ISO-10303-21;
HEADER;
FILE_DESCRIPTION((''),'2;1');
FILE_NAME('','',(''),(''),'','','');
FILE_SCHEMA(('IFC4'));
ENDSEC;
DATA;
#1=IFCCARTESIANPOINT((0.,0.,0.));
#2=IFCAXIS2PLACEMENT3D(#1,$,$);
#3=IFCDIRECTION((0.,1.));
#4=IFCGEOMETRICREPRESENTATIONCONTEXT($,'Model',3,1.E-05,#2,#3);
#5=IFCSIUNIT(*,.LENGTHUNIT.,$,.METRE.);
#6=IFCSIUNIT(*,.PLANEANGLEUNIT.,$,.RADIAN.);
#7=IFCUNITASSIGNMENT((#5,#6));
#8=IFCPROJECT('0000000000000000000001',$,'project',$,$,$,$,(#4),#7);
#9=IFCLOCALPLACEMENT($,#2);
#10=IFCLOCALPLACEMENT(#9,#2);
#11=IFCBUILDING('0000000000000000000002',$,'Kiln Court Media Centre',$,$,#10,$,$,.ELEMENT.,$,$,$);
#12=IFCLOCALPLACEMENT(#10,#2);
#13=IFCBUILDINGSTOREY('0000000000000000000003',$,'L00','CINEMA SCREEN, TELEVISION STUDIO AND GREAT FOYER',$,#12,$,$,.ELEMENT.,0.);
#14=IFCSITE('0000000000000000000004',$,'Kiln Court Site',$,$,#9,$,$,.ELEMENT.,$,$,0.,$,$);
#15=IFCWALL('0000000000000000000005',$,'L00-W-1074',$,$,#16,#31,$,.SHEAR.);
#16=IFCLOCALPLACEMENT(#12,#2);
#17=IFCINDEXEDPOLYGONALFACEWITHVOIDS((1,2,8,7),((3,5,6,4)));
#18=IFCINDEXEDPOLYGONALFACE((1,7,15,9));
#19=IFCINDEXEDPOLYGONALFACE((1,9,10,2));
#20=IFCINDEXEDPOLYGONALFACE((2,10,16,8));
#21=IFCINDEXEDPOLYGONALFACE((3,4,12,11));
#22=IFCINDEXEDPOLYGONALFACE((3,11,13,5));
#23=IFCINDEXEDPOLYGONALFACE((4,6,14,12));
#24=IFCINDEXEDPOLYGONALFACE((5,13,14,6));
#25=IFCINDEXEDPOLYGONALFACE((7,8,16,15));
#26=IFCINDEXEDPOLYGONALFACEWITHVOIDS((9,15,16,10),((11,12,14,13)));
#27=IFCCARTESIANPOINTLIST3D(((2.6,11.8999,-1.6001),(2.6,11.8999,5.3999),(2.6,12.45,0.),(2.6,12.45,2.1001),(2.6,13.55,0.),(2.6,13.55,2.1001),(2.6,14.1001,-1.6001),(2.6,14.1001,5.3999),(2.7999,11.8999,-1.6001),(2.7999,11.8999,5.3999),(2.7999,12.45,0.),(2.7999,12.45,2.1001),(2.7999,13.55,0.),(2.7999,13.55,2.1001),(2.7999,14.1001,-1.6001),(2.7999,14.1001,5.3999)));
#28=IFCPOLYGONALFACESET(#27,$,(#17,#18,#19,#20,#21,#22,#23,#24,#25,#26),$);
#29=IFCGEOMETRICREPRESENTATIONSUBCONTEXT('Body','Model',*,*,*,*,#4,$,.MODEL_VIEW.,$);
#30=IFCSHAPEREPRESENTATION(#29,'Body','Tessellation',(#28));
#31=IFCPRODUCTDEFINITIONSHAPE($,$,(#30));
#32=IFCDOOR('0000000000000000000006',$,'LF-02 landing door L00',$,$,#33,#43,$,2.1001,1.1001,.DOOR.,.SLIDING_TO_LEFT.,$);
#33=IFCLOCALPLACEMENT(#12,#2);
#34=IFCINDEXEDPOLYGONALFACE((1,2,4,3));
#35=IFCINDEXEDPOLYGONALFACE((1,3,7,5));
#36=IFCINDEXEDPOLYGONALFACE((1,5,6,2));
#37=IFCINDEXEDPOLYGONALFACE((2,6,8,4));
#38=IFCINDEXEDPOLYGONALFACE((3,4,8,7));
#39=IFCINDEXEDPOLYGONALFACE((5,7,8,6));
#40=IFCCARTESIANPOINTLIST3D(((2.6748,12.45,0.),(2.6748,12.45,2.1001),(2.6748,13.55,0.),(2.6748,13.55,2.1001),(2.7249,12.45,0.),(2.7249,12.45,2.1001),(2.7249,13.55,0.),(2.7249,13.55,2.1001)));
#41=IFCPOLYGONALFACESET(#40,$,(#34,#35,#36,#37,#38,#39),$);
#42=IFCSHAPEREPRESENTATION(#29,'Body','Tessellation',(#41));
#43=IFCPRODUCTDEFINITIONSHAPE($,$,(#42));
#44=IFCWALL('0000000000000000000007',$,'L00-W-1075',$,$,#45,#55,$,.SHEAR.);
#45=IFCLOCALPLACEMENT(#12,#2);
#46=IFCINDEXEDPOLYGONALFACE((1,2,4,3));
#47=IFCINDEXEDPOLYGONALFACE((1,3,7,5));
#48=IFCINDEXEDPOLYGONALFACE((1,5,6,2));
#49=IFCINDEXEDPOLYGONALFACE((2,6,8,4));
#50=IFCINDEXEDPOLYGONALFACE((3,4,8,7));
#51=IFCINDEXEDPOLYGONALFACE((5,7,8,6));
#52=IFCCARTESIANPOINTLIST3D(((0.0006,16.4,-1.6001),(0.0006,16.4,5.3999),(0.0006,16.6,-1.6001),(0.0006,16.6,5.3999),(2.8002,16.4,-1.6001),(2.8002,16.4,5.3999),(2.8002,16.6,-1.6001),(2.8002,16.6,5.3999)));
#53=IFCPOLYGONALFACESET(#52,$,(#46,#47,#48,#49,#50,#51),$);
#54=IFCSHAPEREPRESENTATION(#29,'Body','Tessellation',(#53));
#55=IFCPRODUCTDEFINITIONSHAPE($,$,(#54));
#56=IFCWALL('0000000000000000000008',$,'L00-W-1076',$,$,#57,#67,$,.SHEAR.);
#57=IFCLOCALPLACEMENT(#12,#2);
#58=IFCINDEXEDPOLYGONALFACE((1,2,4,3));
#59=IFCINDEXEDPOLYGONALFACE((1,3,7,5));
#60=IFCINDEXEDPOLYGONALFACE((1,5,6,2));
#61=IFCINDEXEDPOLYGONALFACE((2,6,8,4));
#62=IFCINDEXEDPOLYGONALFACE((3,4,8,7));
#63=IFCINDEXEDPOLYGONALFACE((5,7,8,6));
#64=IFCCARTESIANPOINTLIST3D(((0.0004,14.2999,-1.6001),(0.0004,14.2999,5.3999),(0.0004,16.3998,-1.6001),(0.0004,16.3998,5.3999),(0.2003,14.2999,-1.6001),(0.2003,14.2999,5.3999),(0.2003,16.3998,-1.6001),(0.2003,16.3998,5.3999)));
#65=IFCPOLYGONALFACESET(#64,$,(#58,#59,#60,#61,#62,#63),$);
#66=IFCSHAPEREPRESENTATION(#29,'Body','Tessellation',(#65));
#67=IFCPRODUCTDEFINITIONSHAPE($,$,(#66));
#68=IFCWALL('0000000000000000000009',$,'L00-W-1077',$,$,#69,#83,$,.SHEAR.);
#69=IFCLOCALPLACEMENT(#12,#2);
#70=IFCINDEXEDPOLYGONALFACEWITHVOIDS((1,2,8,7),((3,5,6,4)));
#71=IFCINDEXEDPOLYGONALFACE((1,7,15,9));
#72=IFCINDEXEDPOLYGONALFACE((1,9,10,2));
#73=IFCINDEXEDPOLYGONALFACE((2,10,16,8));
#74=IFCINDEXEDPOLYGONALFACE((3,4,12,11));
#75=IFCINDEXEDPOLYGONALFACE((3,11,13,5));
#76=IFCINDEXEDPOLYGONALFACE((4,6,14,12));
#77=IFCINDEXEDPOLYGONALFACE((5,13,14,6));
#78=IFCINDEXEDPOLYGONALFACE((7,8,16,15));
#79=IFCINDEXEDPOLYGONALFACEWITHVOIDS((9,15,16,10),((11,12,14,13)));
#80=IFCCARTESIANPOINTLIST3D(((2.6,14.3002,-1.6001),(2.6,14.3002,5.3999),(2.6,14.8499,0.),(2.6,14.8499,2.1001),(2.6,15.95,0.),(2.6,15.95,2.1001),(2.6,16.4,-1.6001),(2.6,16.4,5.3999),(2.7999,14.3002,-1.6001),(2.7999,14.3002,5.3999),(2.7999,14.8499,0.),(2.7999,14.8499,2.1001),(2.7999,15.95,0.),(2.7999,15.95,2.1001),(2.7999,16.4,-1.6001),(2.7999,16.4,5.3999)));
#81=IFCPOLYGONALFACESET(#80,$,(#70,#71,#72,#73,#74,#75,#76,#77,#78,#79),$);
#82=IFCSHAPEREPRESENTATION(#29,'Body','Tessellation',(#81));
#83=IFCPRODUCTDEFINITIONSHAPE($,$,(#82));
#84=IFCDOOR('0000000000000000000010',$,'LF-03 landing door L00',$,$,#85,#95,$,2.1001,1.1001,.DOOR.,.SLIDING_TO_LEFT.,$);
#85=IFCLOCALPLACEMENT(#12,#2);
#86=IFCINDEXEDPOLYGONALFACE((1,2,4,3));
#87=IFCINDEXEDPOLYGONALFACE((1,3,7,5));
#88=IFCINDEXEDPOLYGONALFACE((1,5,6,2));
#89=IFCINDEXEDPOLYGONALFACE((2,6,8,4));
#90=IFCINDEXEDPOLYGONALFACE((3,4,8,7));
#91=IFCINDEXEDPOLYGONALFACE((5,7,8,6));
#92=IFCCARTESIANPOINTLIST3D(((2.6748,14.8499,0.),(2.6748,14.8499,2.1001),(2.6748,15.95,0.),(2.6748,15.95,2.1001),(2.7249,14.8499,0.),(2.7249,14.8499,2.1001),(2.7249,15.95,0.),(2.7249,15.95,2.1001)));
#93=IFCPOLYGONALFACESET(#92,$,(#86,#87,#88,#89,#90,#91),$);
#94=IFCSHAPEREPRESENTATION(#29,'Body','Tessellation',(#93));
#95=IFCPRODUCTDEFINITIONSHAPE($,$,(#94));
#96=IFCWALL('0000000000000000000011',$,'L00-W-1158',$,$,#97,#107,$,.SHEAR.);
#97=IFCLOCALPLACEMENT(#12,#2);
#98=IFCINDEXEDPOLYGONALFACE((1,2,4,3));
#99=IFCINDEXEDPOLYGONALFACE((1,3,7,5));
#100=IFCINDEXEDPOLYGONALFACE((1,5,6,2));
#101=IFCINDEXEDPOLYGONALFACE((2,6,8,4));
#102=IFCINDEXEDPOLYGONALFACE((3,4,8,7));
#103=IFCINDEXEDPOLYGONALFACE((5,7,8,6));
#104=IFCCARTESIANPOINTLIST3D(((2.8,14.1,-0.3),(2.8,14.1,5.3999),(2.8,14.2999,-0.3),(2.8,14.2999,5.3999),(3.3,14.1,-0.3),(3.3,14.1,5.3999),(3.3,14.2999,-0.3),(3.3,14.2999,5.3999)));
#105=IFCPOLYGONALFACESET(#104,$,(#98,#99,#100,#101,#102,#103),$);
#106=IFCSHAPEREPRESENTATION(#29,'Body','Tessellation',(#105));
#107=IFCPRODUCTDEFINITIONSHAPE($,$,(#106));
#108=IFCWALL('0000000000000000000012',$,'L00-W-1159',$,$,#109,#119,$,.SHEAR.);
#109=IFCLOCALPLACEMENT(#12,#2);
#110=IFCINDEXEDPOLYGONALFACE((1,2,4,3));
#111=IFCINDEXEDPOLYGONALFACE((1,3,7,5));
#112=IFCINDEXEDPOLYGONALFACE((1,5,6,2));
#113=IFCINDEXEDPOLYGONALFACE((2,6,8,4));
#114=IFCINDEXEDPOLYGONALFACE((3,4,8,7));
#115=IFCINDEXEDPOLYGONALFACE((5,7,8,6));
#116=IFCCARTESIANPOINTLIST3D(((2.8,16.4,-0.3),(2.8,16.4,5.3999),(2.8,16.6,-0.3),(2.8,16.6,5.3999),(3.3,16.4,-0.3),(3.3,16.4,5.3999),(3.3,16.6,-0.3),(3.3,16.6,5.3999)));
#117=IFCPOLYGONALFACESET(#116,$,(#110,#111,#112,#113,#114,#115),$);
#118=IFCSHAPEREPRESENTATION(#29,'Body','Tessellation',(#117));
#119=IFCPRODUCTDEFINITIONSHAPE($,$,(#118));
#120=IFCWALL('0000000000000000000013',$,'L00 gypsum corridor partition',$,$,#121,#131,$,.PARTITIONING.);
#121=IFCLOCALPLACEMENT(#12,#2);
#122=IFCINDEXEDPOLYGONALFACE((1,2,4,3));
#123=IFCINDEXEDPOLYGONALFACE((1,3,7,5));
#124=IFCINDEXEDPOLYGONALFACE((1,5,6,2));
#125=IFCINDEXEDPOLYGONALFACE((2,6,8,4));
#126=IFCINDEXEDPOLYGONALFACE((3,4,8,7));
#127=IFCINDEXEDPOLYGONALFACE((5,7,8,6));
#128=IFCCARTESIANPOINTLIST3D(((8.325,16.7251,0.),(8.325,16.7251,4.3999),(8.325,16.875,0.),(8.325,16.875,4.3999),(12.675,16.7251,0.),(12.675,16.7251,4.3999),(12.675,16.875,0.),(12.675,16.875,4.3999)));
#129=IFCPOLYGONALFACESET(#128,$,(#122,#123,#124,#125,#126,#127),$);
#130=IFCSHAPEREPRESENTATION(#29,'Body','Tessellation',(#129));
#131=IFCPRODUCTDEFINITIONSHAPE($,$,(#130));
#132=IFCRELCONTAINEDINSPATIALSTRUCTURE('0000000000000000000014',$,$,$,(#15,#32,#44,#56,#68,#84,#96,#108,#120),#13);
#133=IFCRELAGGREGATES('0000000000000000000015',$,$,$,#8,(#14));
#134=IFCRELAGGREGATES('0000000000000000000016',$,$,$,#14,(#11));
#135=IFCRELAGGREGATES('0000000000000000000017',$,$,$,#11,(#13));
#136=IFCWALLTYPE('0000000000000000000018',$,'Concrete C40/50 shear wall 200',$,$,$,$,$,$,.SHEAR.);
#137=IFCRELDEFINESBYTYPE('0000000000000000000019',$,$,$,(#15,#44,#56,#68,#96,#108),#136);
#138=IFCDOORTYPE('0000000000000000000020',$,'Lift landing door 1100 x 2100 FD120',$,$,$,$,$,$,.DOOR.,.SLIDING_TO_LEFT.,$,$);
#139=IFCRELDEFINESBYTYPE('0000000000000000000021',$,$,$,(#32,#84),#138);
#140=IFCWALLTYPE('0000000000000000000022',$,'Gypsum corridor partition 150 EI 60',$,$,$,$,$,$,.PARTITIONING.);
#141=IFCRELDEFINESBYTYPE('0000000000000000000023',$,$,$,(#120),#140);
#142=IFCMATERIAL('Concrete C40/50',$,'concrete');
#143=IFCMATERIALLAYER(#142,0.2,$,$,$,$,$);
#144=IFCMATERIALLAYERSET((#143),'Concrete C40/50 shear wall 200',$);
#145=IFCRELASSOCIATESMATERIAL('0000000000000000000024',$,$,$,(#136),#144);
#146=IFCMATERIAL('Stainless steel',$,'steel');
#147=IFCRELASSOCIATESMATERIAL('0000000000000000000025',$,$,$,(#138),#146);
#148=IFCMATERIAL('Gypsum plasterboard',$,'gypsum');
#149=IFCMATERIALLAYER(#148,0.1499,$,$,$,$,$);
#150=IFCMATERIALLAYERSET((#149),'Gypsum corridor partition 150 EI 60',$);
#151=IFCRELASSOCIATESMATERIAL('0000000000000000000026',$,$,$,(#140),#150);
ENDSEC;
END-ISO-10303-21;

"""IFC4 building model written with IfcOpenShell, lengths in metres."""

from ifc_helpers import new_model, si_unit, direction, frame, frame_2d, origin, place, context, subcontext, project, spatial, rectangle, extrude, material, layer, layer_set, type_object, element, fill, save


model = new_model("IFC4")

# Units and contexts
model_context = context("Model", 3, precision=1e-05, world=origin(), true_north=direction((0.0, 1.0)))
body_context = subcontext(model_context, "Body", "Model", "MODEL_VIEW")
ifc_project = project(units=[si_unit("LENGTHUNIT", "METRE"), si_unit("PLANEANGLEUNIT", "RADIAN")], contexts=[model_context])

# Site, building, storey
site_placement = place(None, origin())
site = spatial("IfcSite", under=ifc_project, at=site_placement, Name="Kiln Court Site", CompositionType="ELEMENT", RefElevation=0.0)
building_placement = place(site_placement, origin())
building = spatial("IfcBuilding", under=site, at=building_placement, Name="Kiln Court Media Centre", CompositionType="ELEMENT")
storey_placement = place(building_placement, origin())
storey = spatial("IfcBuildingStorey", under=building, at=storey_placement, Name="L00", Description="CINEMA SCREEN, TELEVISION STUDIO AND GREAT FOYER", CompositionType="ELEMENT", Elevation=0.0)

# Shared definitions
ifc_material_1 = material(Name="Concrete C40/50", Category="concrete")
ifc_layer_1 = layer(ifc_material_1, 0.2)
ifc_layer_set_1 = layer_set([ifc_layer_1], Name="Concrete C40/50 shear wall 200")
wall_type_1 = type_object("IfcWallType", Name="Concrete C40/50 shear wall 200", PredefinedType="SHEAR", material=ifc_layer_set_1)

# Wall, opening, door
wall_1_placement = place(storey_placement, frame((2.7, 14.1001, -1.6001), z_axis=(0.0, 0.0, 1.0), x_axis=(0.0, -1.0, 0.0)))
wall_1 = element("IfcWall", 1, at=wall_1_placement, inside=storey, type_object=wall_type_1, Name="L00-W-1074", PredefinedType="SHEAR", context=body_context, shape_type="SweptSolid", body=[
    extrude(rectangle(XDim=2.2002, YDim=0.2, at=frame_2d((1.1001, 0.0))), origin(), (0.0, 0.0, 1.0), 7.0),
])
opening_1_placement = place(wall_1_placement, frame((0.55, 0.0, 1.6001)))
opening_1 = element("IfcOpeningElement", 2, at=opening_1_placement, cuts=wall_1, PredefinedType="OPENING", context=body_context, shape_type="SweptSolid", body=[
    extrude(rectangle(XDim=1.1001, YDim=2.1001, at=frame_2d((0.55, 1.05))), frame((0.0, 0.1099, 0.0), z_axis=(0.0, -1.0, 0.0), x_axis=(1.0, 0.0, 0.0)), (0.0, 0.0, 1.0), 0.22),
])
ifc_material_2 = material(Name="Stainless steel", Category="steel")
door_type = type_object("IfcDoorType", Name="Lift landing door 1100 x 2100 FD120", OperationType="SLIDING_TO_LEFT", PredefinedType="DOOR", material=ifc_material_2)
door_1_placement = place(opening_1_placement, origin())
door_1 = element("IfcDoor", 3, at=door_1_placement, inside=storey, type_object=door_type, Name="LF-02 landing door L00", OperationType="SLIDING_TO_LEFT", OverallHeight=2.1001, OverallWidth=1.1001, PredefinedType="DOOR", context=body_context, shape_type="SweptSolid", body=[
    extrude(rectangle(XDim=1.1001, YDim=2.1001, at=frame_2d((0.55, 1.05))), frame((0.0, 0.0249, 0.0), z_axis=(0.0, -1.0, 0.0), x_axis=(1.0, 0.0, 0.0)), (0.0, 0.0, 1.0), 0.05),
])
fill(opening_1, door_1)

# Walls
wall_2_placement = place(storey_placement, frame((0.0005, 16.5, -1.6001), z_axis=(0.0, 0.0, 1.0), x_axis=(1.0, 0.0, 0.0)))
element("IfcWall", 4, at=wall_2_placement, inside=storey, type_object=wall_type_1, Name="L00-W-1075", PredefinedType="SHEAR", context=body_context, shape_type="SweptSolid", body=[
    extrude(rectangle(XDim=2.7996, YDim=0.2, at=frame_2d((1.3999, 0.0))), origin(), (0.0, 0.0, 1.0), 7.0),
])
wall_3_placement = place(storey_placement, frame((0.1003, 14.3, -1.6001), z_axis=(0.0, 0.0, 1.0), x_axis=(0.0, 1.0, 0.0)))
element("IfcWall", 5, at=wall_3_placement, inside=storey, type_object=wall_type_1, Name="L00-W-1076", PredefinedType="SHEAR", context=body_context, shape_type="SweptSolid", body=[
    extrude(rectangle(XDim=2.0999, YDim=0.2, at=frame_2d((1.0498, 0.0))), origin(), (0.0, 0.0, 1.0), 7.0),
])

# Wall, opening, door
wall_4_placement = place(storey_placement, frame((2.7, 16.3999, -1.6001), z_axis=(0.0, 0.0, 1.0), x_axis=(0.0, -1.0, 0.0)))
wall_4 = element("IfcWall", 6, at=wall_4_placement, inside=storey, type_object=wall_type_1, Name="L00-W-1077", PredefinedType="SHEAR", context=body_context, shape_type="SweptSolid", body=[
    extrude(rectangle(XDim=2.0999, YDim=0.2, at=frame_2d((1.0498, 0.0))), origin(), (0.0, 0.0, 1.0), 7.0),
])
opening_2_placement = place(wall_4_placement, frame((0.45, 0.0, 1.6001)))
opening_2 = element("IfcOpeningElement", 7, at=opening_2_placement, cuts=wall_4, PredefinedType="OPENING", context=body_context, shape_type="SweptSolid", body=[
    extrude(rectangle(XDim=1.1001, YDim=2.1001, at=frame_2d((0.55, 1.05))), frame((0.0, 0.1099, 0.0), z_axis=(0.0, -1.0, 0.0), x_axis=(1.0, 0.0, 0.0)), (0.0, 0.0, 1.0), 0.22),
])
door_2_placement = place(opening_2_placement, origin())
door_2 = element("IfcDoor", 8, at=door_2_placement, inside=storey, type_object=door_type, Name="LF-03 landing door L00", OperationType="SLIDING_TO_LEFT", OverallHeight=2.1001, OverallWidth=1.1001, PredefinedType="DOOR", context=body_context, shape_type="SweptSolid", body=[
    extrude(rectangle(XDim=1.1001, YDim=2.1001, at=frame_2d((0.55, 1.05))), frame((0.0, 0.0249, 0.0), z_axis=(0.0, -1.0, 0.0), x_axis=(1.0, 0.0, 0.0)), (0.0, 0.0, 1.0), 0.05),
])
fill(opening_2, door_2)

# Walls
for number, where, z_axis, x_axis, name in (
    (9, (2.8, 14.2, -0.3), (0.0, 0.0, 1.0), (1.0, 0.0, 0.0), "L00-W-1158"),
    (10, (2.8, 16.5, -0.3), (0.0, 0.0, 1.0), (1.0, 0.0, 0.0), "L00-W-1159"),
):
    element("IfcWall", number, at=place(storey_placement, frame(where, z_axis=z_axis, x_axis=x_axis)), inside=storey, type_object=wall_type_1, Name=name, PredefinedType="SHEAR", context=body_context, shape_type="SweptSolid", body=[
        extrude(rectangle(XDim=0.5, YDim=0.2, at=frame_2d((0.25, 0.0))), origin(), (0.0, 0.0, 1.0), 5.7),
    ])
ifc_material_3 = material(Name="Gypsum plasterboard", Category="gypsum")
ifc_layer_2 = layer(ifc_material_3, 0.1499)
ifc_layer_set_2 = layer_set([ifc_layer_2], Name="Gypsum corridor partition 150 EI 60")
wall_type_2 = type_object("IfcWallType", Name="Gypsum corridor partition 150 EI 60", PredefinedType="PARTITIONING", material=ifc_layer_set_2)
wall_5_placement = place(storey_placement, frame((8.325, 16.8, 0.0), z_axis=(0.0, 0.0, 1.0), x_axis=(1.0, 0.0, 0.0)))
element("IfcWall", 11, at=wall_5_placement, inside=storey, type_object=wall_type_2, Name="L00 gypsum corridor partition", PredefinedType="PARTITIONING", context=body_context, shape_type="SweptSolid", body=[
    extrude(rectangle(XDim=4.3501, YDim=0.1499, at=frame_2d((2.175, 0.0))), origin(), (0.0, 0.0, 1.0), 4.3999),
])

save(model, "model.ifc")
